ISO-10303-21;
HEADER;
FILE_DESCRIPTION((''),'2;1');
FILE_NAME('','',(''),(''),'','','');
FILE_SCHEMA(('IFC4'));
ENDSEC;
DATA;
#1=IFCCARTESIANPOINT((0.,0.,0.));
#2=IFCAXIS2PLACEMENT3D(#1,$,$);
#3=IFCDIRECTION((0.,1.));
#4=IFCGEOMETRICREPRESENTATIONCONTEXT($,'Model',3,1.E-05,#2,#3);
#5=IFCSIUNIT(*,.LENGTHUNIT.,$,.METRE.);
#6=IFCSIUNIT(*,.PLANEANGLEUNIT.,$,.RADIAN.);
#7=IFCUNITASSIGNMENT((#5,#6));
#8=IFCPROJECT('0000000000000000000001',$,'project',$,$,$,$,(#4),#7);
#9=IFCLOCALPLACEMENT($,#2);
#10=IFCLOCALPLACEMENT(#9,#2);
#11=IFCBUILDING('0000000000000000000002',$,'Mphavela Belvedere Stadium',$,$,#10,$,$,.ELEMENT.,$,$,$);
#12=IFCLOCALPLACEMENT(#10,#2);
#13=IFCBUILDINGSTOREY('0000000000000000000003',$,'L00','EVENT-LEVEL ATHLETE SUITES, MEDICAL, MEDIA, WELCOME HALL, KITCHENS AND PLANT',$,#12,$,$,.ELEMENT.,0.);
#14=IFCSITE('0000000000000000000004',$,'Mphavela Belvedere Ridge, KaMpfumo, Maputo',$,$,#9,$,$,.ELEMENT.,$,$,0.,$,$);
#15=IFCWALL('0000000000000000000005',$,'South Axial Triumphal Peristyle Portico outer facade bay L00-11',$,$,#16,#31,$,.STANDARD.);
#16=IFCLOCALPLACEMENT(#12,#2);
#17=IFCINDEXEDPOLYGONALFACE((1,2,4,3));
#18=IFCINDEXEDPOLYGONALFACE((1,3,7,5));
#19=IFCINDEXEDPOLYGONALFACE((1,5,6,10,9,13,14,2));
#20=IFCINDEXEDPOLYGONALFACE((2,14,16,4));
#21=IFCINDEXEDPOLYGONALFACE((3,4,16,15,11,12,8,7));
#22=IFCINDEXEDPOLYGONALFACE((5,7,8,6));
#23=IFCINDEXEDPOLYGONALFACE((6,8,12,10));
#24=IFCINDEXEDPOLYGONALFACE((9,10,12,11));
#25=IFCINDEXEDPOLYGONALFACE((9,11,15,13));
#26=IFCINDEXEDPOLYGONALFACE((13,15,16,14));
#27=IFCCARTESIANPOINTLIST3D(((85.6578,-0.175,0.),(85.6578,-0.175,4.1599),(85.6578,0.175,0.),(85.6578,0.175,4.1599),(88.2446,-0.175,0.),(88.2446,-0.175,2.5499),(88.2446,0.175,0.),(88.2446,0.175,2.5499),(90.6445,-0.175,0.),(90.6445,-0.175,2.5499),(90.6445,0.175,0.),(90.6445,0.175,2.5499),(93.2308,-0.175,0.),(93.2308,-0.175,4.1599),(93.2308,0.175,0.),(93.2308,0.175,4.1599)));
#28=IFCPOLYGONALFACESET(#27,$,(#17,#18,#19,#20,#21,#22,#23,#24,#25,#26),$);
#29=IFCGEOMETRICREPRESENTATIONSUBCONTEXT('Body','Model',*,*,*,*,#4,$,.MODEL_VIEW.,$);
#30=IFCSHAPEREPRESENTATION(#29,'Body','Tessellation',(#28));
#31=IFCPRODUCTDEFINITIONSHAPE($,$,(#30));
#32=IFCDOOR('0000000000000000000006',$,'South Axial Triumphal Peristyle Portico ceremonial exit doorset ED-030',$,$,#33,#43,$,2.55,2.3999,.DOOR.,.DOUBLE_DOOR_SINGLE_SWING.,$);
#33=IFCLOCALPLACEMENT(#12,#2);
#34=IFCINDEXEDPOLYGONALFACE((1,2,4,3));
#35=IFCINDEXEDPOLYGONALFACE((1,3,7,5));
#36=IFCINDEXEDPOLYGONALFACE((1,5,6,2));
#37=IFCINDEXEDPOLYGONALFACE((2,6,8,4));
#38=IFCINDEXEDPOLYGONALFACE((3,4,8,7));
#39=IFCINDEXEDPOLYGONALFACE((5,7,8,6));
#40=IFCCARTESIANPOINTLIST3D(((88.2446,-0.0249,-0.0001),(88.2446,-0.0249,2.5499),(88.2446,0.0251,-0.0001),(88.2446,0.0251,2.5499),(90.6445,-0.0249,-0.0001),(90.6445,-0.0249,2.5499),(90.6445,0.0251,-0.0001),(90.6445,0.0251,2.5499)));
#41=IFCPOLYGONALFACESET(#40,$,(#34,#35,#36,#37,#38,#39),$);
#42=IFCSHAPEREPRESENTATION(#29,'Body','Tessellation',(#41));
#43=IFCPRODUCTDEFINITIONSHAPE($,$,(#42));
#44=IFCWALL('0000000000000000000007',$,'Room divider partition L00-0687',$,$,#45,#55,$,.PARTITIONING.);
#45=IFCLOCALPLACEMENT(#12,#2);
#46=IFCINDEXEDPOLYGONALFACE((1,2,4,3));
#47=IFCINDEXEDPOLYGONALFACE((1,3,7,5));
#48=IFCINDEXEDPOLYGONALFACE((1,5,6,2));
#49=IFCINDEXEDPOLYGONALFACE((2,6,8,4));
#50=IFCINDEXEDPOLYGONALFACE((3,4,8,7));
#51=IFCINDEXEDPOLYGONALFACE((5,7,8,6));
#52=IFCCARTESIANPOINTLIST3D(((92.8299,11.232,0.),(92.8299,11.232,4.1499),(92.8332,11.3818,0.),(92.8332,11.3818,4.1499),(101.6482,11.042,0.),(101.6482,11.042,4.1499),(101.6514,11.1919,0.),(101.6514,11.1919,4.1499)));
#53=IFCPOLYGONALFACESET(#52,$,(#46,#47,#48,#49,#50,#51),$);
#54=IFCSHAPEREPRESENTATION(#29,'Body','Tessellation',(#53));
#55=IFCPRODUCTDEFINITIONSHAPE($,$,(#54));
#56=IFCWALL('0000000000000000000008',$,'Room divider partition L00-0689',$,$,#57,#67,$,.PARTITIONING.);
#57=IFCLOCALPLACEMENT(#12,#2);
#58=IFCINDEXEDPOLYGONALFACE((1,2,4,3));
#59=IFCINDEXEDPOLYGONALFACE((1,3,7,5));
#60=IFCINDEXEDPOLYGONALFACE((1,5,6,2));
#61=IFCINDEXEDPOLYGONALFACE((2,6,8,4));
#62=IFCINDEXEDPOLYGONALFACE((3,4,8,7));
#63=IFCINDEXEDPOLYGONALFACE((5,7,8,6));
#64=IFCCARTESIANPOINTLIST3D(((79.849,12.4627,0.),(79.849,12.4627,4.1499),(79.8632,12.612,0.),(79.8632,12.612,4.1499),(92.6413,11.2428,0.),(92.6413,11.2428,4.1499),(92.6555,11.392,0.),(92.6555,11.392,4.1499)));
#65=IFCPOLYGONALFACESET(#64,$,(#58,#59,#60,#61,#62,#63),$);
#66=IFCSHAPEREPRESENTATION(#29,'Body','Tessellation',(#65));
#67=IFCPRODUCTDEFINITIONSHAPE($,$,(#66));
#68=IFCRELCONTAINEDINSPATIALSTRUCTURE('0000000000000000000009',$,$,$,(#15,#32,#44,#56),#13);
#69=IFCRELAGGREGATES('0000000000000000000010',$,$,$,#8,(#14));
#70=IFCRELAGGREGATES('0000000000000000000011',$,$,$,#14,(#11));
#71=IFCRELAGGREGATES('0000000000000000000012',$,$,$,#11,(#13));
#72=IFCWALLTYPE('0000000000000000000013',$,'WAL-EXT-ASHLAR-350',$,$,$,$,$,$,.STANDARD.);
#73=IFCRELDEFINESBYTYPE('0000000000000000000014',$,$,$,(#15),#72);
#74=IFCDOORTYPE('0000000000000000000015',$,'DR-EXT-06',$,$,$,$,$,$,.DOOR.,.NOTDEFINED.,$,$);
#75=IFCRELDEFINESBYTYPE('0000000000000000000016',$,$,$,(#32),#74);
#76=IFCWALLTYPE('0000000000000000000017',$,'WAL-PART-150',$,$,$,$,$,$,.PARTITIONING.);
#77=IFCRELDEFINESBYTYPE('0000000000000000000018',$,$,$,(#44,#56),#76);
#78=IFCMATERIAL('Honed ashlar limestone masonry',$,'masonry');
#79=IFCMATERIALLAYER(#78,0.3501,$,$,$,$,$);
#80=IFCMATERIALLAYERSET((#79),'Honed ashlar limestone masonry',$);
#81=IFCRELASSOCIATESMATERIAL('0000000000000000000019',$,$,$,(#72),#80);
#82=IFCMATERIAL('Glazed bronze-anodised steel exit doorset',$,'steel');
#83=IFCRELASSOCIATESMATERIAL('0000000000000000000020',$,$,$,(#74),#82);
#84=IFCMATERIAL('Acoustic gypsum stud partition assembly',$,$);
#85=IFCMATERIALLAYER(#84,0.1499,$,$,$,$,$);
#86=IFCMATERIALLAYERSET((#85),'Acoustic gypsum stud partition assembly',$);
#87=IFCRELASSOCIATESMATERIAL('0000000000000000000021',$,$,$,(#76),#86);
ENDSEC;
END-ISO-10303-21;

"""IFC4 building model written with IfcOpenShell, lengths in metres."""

from ifc_helpers import new_model, si_unit, direction, frame, frame_2d, origin, place, context, subcontext, project, spatial, rectangle, extrude, material, layer, layer_set, type_object, element, fill, save


model = new_model("IFC4")

# Units and contexts
model_context = context("Model", 3, precision=1e-05, world=origin(), true_north=direction((0.0, 1.0)))
body_context = subcontext(model_context, "Body", "Model", "MODEL_VIEW")
ifc_project = project(units=[si_unit("LENGTHUNIT", "METRE"), si_unit("PLANEANGLEUNIT", "RADIAN")], contexts=[model_context])

# Site, building, storey
site_placement = place(None, origin())
site = spatial("IfcSite", under=ifc_project, at=site_placement, Name="Mphavela Belvedere Ridge, KaMpfumo, Maputo", CompositionType="ELEMENT", RefElevation=0.0)
building_placement = place(site_placement, origin())
building = spatial("IfcBuilding", under=site, at=building_placement, Name="Mphavela Belvedere Stadium", CompositionType="ELEMENT")
storey_placement = place(building_placement, origin())
storey = spatial("IfcBuildingStorey", under=building, at=storey_placement, Name="L00", Description="EVENT-LEVEL ATHLETE SUITES, MEDICAL, MEDIA, WELCOME HALL, KITCHENS AND PLANT", CompositionType="ELEMENT", Elevation=0.0)

# Shared definitions
ifc_material_1 = material(Name="Honed ashlar limestone masonry", Category="masonry")
ifc_layer_1 = layer(ifc_material_1, 0.3501)
ifc_layer_set_1 = layer_set([ifc_layer_1], Name="Honed ashlar limestone masonry")
wall_type_1 = type_object("IfcWallType", Name="WAL-EXT-ASHLAR-350", PredefinedType="STANDARD", material=ifc_layer_set_1)

# Wall, opening, door
wall_1_placement = place(storey_placement, frame((93.231, 0.0, 0.0), z_axis=(0.0, 0.0, 1.0), x_axis=(-1.0, 0.0, 0.0)))
wall_1 = element("IfcWall", 1, at=wall_1_placement, inside=storey, type_object=wall_type_1, Name="South Axial Triumphal Peristyle Portico outer facade bay L00-11", PredefinedType="STANDARD", context=body_context, shape_type="SweptSolid", body=[
    extrude(rectangle(XDim=7.573, YDim=0.3501, at=frame_2d((3.7866, 0.0))), origin(), (0.0, 0.0, 1.0), 4.1599),
])
opening_1_placement = place(wall_1_placement, frame((2.5864, 0.0, 0.0)))
opening_1 = element("IfcOpeningElement", 2, at=opening_1_placement, cuts=wall_1, PredefinedType="OPENING", context=body_context, shape_type="SweptSolid", body=[
    extrude(rectangle(XDim=2.3999, YDim=2.55, at=frame_2d((1.2, 1.2749))), frame((0.0, 0.1851, 0.0), z_axis=(0.0, -1.0, 0.0), x_axis=(1.0, 0.0, 0.0)), (0.0, 0.0, 1.0), 0.3701),
])
ifc_material_2 = material(Name="Glazed bronze-anodised steel exit doorset", Category="steel")
door_type = type_object("IfcDoorType", Name="DR-EXT-06", OperationType="NOTDEFINED", PredefinedType="DOOR", material=ifc_material_2)
door_placement = place(opening_1_placement, origin())
door = element("IfcDoor", 3, at=door_placement, inside=storey, type_object=door_type, Name="South Axial Triumphal Peristyle Portico ceremonial exit doorset ED-030", OperationType="DOUBLE_DOOR_SINGLE_SWING", OverallHeight=2.55, OverallWidth=2.3999, PredefinedType="DOOR", context=body_context, shape_type="SweptSolid", body=[
    extrude(rectangle(XDim=2.3999, YDim=2.55, at=frame_2d((1.2, 1.2749))), frame((0.0, 0.0249, 0.0), z_axis=(0.0, -1.0, 0.0), x_axis=(1.0, 0.0, 0.0)), (0.0, 0.0, 1.0), 0.05),
])
fill(opening_1, door)

# Walls
ifc_material_3 = material(Name="Acoustic gypsum stud partition assembly")
ifc_layer_2 = layer(ifc_material_3, 0.1499)
ifc_layer_set_2 = layer_set([ifc_layer_2], Name="Acoustic gypsum stud partition assembly")
wall_type_2 = type_object("IfcWallType", Name="WAL-PART-150", PredefinedType="PARTITIONING", material=ifc_layer_set_2)
wall_2_placement = place(storey_placement, frame((92.8315, 11.3069, 0.0), z_axis=(0.0, 0.0, 1.0), x_axis=(0.999768, -0.021534, 0.0)))
element("IfcWall", 4, at=wall_2_placement, inside=storey, type_object=wall_type_2, Name="Room divider partition L00-0687", PredefinedType="PARTITIONING", context=body_context, shape_type="SweptSolid", body=[
    extrude(rectangle(XDim=8.8203, YDim=0.1499, at=frame_2d((4.4102, 0.0))), origin(), (0.0, 0.0, 1.0), 4.1499),
])
wall_3_placement = place(storey_placement, frame((79.856, 12.5374, 0.0), z_axis=(0.0, 0.0, 1.0), x_axis=(0.995483, -0.094937, 0.0)))
element("IfcWall", 5, at=wall_3_placement, inside=storey, type_object=wall_type_2, Name="Room divider partition L00-0689", PredefinedType="PARTITIONING", context=body_context, shape_type="SweptSolid", body=[
    extrude(rectangle(XDim=12.8503, YDim=0.1499, at=frame_2d((6.4253, 0.0))), origin(), (0.0, 0.0, 1.0), 4.1499),
])

save(model, "model.ifc")
